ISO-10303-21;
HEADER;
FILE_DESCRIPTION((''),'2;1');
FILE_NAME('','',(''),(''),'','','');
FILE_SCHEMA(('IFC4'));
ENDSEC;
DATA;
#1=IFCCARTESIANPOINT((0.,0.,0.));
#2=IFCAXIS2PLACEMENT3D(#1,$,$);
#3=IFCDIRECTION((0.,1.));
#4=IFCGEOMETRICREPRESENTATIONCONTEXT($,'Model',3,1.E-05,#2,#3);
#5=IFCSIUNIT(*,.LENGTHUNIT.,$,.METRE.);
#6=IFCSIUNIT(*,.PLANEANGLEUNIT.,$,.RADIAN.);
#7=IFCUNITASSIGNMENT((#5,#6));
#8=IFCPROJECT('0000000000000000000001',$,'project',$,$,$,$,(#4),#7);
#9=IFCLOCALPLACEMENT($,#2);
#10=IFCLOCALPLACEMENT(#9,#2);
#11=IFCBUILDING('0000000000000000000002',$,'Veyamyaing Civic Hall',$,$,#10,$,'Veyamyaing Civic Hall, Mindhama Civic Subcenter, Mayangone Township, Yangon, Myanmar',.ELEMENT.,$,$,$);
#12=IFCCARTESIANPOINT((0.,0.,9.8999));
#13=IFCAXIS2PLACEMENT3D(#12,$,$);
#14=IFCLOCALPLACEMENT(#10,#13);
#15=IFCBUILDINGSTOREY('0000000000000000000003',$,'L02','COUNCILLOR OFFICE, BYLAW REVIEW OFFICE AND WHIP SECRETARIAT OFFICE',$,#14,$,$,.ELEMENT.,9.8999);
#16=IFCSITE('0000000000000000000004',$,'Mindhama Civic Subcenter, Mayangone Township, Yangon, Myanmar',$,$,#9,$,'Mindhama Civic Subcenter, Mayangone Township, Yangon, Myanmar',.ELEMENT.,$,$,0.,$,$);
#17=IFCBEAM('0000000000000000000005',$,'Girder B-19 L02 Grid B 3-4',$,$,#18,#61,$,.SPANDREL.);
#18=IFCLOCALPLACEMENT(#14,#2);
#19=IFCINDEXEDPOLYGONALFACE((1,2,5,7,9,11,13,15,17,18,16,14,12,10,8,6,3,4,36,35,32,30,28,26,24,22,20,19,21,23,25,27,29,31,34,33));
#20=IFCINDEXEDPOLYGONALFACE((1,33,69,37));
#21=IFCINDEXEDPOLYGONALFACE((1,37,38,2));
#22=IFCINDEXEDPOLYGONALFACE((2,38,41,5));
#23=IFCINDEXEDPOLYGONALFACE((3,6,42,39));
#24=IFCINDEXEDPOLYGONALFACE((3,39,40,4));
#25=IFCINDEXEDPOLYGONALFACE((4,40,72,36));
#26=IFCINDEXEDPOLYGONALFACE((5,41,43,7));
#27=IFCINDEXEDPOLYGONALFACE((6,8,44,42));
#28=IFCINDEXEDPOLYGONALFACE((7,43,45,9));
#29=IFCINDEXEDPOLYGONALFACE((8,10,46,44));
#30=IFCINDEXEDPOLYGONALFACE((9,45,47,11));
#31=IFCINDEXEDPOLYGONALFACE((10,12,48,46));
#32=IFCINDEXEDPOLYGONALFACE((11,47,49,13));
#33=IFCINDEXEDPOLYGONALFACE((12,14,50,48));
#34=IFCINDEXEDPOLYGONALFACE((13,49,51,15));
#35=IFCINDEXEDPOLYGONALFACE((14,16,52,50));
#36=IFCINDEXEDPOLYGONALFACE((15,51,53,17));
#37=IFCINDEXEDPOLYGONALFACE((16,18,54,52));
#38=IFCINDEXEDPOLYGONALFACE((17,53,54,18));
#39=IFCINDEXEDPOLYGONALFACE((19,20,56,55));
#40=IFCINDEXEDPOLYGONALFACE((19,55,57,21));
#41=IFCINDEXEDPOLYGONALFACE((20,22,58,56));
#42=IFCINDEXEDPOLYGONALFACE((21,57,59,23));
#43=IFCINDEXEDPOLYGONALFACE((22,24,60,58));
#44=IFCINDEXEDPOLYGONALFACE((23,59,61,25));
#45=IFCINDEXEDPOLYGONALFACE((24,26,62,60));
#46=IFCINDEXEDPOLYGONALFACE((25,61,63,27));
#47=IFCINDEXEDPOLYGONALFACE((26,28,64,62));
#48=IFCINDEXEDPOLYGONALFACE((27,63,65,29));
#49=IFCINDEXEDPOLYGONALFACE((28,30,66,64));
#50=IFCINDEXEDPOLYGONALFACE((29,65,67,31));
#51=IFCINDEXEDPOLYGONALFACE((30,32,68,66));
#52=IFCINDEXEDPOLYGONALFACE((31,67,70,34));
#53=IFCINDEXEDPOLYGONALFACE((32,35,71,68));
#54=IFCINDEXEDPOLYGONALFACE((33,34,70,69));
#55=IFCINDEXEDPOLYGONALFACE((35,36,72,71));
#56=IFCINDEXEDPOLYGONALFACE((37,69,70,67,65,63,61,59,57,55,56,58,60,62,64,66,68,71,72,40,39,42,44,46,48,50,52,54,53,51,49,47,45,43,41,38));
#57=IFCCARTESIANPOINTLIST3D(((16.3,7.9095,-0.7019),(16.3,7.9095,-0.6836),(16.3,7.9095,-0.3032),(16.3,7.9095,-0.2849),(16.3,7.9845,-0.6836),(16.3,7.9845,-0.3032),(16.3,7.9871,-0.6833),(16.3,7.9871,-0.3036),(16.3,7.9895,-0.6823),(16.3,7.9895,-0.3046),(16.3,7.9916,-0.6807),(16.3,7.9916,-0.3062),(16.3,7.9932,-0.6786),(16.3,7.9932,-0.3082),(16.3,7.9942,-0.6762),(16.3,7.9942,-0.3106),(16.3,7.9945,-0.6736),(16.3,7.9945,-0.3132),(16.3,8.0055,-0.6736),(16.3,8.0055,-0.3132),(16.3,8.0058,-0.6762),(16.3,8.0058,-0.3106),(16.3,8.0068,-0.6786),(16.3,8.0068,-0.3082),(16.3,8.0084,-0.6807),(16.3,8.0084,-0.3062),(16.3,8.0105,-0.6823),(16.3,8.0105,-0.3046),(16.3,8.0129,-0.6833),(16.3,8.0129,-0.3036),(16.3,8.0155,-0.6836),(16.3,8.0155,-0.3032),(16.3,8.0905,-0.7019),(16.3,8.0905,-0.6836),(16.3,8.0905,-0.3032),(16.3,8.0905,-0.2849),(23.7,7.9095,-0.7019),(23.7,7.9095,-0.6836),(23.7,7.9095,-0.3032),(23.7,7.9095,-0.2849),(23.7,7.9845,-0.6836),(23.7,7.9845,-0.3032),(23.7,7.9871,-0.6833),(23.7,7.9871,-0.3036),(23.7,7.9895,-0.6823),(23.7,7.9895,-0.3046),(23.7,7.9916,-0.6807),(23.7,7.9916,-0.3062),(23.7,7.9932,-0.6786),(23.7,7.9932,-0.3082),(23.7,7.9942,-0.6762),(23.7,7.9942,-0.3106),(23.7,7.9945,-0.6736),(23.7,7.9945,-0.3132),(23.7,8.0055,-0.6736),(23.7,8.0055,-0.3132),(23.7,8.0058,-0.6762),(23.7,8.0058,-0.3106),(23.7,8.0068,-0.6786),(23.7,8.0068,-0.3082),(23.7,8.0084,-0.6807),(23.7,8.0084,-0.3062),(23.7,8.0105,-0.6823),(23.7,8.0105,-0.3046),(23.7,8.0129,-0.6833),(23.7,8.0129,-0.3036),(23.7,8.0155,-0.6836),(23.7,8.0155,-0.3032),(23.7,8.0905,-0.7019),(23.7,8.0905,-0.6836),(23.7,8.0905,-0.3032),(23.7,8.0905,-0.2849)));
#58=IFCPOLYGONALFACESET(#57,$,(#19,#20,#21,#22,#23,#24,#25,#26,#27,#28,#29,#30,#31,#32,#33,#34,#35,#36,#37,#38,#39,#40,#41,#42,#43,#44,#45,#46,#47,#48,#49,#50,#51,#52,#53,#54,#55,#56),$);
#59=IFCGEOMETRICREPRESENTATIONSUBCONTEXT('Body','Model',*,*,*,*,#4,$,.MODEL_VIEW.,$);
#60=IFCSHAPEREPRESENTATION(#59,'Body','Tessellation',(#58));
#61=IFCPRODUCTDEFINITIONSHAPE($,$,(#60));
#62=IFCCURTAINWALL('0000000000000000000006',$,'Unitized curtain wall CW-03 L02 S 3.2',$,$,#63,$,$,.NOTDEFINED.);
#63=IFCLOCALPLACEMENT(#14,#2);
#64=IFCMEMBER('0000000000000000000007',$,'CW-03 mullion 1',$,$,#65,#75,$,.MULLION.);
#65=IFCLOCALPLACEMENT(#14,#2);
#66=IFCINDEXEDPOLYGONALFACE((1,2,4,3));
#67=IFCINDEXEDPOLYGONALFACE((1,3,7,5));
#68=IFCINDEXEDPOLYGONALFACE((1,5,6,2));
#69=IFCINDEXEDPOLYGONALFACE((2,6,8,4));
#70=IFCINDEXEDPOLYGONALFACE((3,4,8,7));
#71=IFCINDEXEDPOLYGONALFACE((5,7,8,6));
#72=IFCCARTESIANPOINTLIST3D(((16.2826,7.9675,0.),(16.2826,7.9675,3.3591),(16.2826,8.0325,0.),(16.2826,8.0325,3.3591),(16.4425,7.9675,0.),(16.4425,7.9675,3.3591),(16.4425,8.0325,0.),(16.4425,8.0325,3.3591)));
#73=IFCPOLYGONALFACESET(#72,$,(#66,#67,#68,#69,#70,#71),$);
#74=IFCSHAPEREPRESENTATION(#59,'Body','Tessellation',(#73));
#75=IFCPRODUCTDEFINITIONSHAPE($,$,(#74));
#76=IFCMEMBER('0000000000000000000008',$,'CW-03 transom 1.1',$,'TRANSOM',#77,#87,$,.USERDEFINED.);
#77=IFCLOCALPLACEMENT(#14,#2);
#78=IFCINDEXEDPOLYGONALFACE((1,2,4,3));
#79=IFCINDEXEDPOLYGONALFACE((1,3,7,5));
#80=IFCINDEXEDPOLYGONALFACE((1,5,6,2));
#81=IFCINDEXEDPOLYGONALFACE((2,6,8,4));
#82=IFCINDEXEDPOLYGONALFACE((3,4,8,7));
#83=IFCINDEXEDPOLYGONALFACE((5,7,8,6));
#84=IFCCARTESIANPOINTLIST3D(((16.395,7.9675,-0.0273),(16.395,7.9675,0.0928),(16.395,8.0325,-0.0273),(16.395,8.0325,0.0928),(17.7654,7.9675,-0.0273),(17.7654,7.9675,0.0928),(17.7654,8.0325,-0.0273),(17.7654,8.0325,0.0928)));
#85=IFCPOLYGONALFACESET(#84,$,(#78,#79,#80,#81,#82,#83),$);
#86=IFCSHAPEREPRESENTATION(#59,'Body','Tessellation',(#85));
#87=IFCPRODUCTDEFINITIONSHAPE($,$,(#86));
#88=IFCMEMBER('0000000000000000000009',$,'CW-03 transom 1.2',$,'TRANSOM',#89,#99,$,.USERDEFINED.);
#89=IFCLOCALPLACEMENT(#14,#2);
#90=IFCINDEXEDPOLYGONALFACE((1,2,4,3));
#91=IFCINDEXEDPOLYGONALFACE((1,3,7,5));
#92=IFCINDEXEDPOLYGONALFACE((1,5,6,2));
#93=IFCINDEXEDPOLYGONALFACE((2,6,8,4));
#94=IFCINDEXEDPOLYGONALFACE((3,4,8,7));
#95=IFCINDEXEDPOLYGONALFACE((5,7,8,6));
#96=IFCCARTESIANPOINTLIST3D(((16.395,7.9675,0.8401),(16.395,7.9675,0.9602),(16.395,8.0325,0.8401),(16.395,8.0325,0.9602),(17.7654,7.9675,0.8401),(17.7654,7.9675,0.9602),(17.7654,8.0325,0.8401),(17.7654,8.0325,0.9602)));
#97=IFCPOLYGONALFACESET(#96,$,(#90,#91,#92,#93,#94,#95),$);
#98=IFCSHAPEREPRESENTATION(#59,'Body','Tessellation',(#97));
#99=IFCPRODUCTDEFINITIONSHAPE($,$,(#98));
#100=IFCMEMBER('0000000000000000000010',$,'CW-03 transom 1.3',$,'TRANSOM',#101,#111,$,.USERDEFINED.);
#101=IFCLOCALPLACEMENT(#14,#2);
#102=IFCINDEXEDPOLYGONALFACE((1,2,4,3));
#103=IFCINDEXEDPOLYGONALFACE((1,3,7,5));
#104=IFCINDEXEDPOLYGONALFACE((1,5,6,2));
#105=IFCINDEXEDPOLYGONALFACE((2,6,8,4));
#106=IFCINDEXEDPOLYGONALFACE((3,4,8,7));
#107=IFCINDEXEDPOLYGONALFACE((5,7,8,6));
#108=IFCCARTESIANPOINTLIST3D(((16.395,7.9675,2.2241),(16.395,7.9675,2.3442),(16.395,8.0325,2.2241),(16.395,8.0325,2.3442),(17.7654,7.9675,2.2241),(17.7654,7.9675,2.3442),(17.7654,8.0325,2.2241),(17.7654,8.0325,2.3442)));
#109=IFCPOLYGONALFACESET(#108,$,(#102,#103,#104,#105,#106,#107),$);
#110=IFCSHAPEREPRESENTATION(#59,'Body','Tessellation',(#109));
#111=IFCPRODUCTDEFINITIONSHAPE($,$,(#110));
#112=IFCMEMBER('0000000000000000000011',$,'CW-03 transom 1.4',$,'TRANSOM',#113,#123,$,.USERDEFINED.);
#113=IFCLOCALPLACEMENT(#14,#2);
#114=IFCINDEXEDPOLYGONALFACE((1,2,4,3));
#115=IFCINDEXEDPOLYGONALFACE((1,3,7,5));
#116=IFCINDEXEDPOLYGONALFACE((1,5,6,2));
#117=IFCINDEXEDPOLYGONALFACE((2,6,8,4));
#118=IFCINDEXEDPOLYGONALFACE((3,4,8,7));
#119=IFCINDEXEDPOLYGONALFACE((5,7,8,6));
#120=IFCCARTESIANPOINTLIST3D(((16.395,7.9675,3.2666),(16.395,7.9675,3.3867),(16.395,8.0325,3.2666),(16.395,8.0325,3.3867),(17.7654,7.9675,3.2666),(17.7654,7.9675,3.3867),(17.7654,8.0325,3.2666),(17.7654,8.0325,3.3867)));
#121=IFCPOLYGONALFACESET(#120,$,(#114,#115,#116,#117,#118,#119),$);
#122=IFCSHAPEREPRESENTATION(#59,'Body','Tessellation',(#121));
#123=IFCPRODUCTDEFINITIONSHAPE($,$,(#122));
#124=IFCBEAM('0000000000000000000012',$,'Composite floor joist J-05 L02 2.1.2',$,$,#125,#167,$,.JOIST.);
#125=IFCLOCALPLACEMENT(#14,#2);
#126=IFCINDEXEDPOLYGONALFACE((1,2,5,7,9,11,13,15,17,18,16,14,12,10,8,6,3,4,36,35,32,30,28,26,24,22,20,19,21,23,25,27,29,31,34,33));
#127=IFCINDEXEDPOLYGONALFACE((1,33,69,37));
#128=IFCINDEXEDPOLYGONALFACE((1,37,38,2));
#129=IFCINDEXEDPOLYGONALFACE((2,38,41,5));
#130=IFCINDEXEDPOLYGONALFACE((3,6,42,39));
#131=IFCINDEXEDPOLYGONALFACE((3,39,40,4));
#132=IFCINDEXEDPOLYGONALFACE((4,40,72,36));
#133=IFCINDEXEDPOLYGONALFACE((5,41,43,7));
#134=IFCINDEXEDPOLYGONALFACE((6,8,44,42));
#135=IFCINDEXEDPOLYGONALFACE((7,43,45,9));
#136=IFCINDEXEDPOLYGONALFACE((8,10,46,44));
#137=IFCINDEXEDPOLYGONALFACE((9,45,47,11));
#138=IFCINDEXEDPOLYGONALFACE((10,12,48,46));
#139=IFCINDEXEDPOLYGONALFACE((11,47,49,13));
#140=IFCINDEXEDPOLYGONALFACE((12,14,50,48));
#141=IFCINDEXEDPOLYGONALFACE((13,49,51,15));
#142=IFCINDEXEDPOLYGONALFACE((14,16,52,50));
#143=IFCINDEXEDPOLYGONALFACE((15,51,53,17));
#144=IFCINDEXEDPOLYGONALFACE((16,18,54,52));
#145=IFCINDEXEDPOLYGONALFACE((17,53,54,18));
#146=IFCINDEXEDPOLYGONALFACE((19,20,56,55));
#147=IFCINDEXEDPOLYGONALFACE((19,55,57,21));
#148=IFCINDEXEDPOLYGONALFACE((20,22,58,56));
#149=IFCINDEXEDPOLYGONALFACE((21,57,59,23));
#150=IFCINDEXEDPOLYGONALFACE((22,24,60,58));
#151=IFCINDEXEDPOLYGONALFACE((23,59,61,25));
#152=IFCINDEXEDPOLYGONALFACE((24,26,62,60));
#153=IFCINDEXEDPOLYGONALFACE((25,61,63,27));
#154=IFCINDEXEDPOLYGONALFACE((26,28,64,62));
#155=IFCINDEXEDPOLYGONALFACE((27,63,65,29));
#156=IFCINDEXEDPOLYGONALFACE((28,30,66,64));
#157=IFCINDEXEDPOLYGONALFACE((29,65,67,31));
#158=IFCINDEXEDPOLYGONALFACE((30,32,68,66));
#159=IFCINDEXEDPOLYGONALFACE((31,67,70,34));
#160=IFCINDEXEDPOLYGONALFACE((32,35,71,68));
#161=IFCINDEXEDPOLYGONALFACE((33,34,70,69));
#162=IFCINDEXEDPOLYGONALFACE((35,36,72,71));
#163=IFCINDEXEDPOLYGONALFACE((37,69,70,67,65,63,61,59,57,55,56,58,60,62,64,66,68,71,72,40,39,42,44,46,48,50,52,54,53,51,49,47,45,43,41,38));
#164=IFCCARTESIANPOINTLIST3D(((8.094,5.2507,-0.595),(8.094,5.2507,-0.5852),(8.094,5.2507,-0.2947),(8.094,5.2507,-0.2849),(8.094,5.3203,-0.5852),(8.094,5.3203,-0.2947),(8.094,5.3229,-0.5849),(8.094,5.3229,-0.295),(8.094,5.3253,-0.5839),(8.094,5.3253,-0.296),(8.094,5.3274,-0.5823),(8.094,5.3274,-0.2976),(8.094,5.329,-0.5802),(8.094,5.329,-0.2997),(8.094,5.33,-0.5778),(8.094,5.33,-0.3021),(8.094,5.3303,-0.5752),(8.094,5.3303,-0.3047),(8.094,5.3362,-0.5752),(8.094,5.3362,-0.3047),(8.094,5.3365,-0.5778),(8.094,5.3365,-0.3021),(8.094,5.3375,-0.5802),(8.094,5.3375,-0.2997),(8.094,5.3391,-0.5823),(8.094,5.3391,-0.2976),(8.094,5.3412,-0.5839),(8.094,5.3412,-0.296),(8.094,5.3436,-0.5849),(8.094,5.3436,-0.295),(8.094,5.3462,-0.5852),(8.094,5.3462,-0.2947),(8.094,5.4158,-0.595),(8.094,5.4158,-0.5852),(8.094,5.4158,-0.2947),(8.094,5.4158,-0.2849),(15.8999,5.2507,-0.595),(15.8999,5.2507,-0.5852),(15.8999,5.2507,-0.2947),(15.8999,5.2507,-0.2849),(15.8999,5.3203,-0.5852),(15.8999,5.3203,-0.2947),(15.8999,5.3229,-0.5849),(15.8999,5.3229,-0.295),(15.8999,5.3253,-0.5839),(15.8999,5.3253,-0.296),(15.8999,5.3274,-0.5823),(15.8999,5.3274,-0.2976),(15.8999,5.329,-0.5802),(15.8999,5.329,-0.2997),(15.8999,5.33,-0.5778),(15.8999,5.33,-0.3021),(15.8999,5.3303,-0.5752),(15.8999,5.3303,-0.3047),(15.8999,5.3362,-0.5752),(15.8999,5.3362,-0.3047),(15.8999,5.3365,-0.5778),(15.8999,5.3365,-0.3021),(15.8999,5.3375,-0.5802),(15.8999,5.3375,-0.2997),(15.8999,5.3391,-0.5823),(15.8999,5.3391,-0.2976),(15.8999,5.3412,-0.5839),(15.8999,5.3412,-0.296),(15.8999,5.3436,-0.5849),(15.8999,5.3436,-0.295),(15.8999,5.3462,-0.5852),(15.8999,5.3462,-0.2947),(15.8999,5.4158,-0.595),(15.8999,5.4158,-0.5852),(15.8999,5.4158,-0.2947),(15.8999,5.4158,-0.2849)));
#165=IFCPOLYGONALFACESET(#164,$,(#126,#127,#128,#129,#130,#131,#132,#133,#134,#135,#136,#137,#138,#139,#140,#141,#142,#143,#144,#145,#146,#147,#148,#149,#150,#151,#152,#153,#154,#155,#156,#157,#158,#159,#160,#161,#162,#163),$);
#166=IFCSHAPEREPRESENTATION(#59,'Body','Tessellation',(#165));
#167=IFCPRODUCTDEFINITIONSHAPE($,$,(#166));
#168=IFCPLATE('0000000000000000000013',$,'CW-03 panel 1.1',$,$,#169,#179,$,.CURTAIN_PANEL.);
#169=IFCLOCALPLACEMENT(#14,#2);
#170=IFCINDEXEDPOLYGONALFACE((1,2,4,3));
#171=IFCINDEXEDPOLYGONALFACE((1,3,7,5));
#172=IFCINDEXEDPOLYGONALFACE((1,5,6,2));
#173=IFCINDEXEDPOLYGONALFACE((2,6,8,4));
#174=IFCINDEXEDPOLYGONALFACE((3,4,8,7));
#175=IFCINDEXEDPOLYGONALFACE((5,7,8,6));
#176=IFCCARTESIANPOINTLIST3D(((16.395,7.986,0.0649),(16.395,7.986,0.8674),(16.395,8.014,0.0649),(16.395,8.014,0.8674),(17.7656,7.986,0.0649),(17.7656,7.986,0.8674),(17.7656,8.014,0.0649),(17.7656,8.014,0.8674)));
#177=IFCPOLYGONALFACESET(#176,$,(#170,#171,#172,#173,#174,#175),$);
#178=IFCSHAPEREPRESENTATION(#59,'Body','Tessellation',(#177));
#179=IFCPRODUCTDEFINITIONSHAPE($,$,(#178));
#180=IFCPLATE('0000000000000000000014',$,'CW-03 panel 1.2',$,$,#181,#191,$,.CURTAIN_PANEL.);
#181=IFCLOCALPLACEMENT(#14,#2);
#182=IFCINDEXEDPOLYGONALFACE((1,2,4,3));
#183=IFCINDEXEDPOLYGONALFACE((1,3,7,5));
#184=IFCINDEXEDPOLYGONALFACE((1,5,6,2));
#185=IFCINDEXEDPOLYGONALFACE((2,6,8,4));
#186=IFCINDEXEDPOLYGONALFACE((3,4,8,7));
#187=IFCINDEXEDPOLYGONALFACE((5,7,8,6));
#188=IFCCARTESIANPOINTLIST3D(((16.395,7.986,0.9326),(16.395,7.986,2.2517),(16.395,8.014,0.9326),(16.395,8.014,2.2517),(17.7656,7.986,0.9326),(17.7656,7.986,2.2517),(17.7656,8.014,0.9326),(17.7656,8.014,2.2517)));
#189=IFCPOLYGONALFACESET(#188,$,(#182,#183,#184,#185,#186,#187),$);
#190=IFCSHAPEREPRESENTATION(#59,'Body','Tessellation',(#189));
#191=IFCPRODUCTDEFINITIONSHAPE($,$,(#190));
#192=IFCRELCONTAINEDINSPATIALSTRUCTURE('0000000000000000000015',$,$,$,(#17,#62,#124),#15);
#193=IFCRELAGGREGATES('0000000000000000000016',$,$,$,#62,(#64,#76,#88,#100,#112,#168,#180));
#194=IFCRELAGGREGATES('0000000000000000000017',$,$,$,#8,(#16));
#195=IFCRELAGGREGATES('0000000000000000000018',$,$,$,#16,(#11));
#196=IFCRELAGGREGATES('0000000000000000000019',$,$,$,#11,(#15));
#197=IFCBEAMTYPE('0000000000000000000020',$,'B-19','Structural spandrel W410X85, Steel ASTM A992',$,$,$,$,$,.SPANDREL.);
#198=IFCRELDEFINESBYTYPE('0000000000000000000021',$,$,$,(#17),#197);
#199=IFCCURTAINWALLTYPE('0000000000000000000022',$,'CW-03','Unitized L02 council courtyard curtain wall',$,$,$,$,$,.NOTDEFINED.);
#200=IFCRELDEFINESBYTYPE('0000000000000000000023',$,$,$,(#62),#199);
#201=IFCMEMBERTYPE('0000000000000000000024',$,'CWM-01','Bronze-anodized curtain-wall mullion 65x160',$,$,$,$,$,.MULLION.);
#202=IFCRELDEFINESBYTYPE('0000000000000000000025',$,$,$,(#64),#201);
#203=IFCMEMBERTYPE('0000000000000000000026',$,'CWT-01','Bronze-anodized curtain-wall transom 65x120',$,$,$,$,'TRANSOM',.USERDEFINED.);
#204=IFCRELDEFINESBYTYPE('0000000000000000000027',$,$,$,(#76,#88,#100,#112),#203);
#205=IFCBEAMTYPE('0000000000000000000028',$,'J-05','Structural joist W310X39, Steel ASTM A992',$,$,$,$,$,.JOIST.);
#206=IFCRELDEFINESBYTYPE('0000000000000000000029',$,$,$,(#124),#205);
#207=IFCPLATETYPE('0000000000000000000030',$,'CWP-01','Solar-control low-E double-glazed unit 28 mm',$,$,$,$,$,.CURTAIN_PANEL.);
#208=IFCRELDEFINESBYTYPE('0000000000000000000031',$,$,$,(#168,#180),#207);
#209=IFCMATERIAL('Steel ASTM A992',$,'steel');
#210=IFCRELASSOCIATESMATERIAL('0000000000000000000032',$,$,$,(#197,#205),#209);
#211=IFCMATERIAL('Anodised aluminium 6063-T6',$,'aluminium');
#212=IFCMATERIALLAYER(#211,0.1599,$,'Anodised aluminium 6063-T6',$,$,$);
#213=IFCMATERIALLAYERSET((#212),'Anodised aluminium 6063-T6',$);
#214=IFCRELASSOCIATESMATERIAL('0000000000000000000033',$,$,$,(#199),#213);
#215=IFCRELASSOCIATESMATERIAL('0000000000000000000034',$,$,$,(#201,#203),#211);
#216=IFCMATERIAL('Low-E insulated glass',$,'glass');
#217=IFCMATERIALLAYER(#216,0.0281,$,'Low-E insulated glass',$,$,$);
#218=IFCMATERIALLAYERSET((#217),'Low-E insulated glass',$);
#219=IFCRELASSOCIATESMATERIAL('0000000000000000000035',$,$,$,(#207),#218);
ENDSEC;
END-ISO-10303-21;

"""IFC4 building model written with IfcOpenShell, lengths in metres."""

from ifc_helpers import new_model, si_unit, direction, frame, origin, origin_2d, place, context, subcontext, project, spatial, rectangle, i_section, extrude, material, layer, layer_set, material_profile, profile_set, type_object, element, aggregate, save


model = new_model("IFC4")

# Units and contexts
model_context = context("Model", 3, precision=1e-05, world=origin(), true_north=direction((0.0, 1.0)))
body_context = subcontext(model_context, "Body", "Model", "MODEL_VIEW")
ifc_project = project(units=[si_unit("LENGTHUNIT", "METRE"), si_unit("PLANEANGLEUNIT", "RADIAN")], contexts=[model_context])

# Site, building, storey
site_placement = place(None, origin())
site = spatial("IfcSite", under=ifc_project, at=site_placement, Name="Mindhama Civic Subcenter, Mayangone Township, Yangon, Myanmar", LongName="Mindhama Civic Subcenter, Mayangone Township, Yangon, Myanmar", CompositionType="ELEMENT", RefElevation=0.0)
building_placement = place(site_placement, origin())
building = spatial("IfcBuilding", under=site, at=building_placement, Name="Veyamyaing Civic Hall", LongName="Veyamyaing Civic Hall, Mindhama Civic Subcenter, Mayangone Township, Yangon, Myanmar", CompositionType="ELEMENT")
storey_placement = place(building_placement, frame((0.0, 0.0, 9.8999)))
storey = spatial("IfcBuildingStorey", under=building, at=storey_placement, Name="L02", Description="COUNCILLOR OFFICE, BYLAW REVIEW OFFICE AND WHIP SECRETARIAT OFFICE", CompositionType="ELEMENT", Elevation=9.8999)

# Beam
ifc_material_1 = material(Name="Steel ASTM A992", Category="steel")
ifc_material_profile_1 = material_profile(ifc_material_1, i_section(OverallWidth=0.1809, OverallDepth=0.417, WebThickness=0.011, FlangeThickness=0.0183, FilletRadius=0.01, at=origin_2d()), Name="W410X85")
ifc_profile_set_1 = profile_set([ifc_material_profile_1], Name="Steel ASTM A992")
beam_type_1 = type_object("IfcBeamType", Name="B-19", Description="Structural spandrel W410X85, Steel ASTM A992", PredefinedType="SPANDREL", material=ifc_profile_set_1)
beam_1_placement = place(storey_placement, frame((16.3, 8.0, -0.4934), z_axis=(1.0, 0.0, 0.0), x_axis=(0.0, 1.0, 0.0)))
element("IfcBeam", 1, at=beam_1_placement, inside=storey, type_object=beam_type_1, Name="Girder B-19 L02 Grid B 3-4", PredefinedType="SPANDREL", context=body_context, shape_type="SweptSolid", body=[
    extrude(i_section(OverallWidth=0.1809, OverallDepth=0.417, WebThickness=0.011, FlangeThickness=0.0183, FilletRadius=0.01, at=origin_2d()), origin(), (0.0, 0.0, 1.0), 7.3999),
])

# Curtain wall, members
ifc_material_2 = material(Name="Anodised aluminium 6063-T6", Category="aluminium")
ifc_layer_1 = layer(ifc_material_2, 0.1599, Name="Anodised aluminium 6063-T6")
ifc_layer_set_1 = layer_set([ifc_layer_1], Name="Anodised aluminium 6063-T6")
curtain_wall_type = type_object("IfcCurtainWallType", Name="CW-03", Description="Unitized L02 council courtyard curtain wall", PredefinedType="NOTDEFINED", material=ifc_layer_set_1)
curtain_wall_placement = place(storey_placement, origin())
curtain_wall = element("IfcCurtainWall", 2, at=curtain_wall_placement, inside=storey, type_object=curtain_wall_type, Name="Unitized curtain wall CW-03 L02 S 3.2", PredefinedType="NOTDEFINED")
ifc_material_profile_2 = material_profile(ifc_material_2, rectangle(XDim=0.0649, YDim=0.1599, at=origin_2d()), Name="ALU-MUL-65X160")
ifc_profile_set_2 = profile_set([ifc_material_profile_2], Name="Anodised aluminium 6063-T6")
member_type_1 = type_object("IfcMemberType", Name="CWM-01", Description="Bronze-anodized curtain-wall mullion 65x160", PredefinedType="MULLION", material=ifc_profile_set_2)
member_1_placement = place(storey_placement, frame((16.3625, 8.0, 0.0), z_axis=(0.0, 0.0, 1.0), x_axis=(0.0, 1.0, 0.0)))
member_1 = element("IfcMember", 3, at=member_1_placement, type_object=member_type_1, Name="CW-03 mullion 1", PredefinedType="MULLION", context=body_context, shape_type="SweptSolid", body=[
    extrude(rectangle(XDim=0.0649, YDim=0.1599, at=origin_2d()), origin(), (0.0, 0.0, 1.0), 3.3591),
])
ifc_material_profile_3 = material_profile(ifc_material_2, rectangle(XDim=0.0649, YDim=0.1201, at=origin_2d()), Name="ALU-TRN-65X120")
ifc_profile_set_3 = profile_set([ifc_material_profile_3], Name="Anodised aluminium 6063-T6")
member_type_2 = type_object("IfcMemberType", Name="CWT-01", Description="Bronze-anodized curtain-wall transom 65x120", ElementType="TRANSOM", PredefinedType="USERDEFINED", material=ifc_profile_set_3)
member_2_placement = place(storey_placement, frame((16.395, 8.0, 0.0327), z_axis=(1.0, 0.0, 0.0), x_axis=(0.0, 1.0, 0.0)))
member_2 = element("IfcMember", 4, at=member_2_placement, type_object=member_type_2, Name="CW-03 transom 1.1", ObjectType="TRANSOM", PredefinedType="USERDEFINED", context=body_context, shape_type="SweptSolid", body=[
    extrude(rectangle(XDim=0.0649, YDim=0.1201, at=origin_2d()), origin(), (0.0, 0.0, 1.0), 1.3704),
])
member_3_placement = place(storey_placement, frame((16.395, 8.0, 0.9001), z_axis=(1.0, 0.0, 0.0), x_axis=(0.0, 1.0, 0.0)))
member_3 = element("IfcMember", 5, at=member_3_placement, type_object=member_type_2, Name="CW-03 transom 1.2", ObjectType="TRANSOM", PredefinedType="USERDEFINED", context=body_context, shape_type="SweptSolid", body=[
    extrude(rectangle(XDim=0.0649, YDim=0.1201, at=origin_2d()), origin(), (0.0, 0.0, 1.0), 1.3704),
])
member_4_placement = place(storey_placement, frame((16.395, 8.0, 2.2842), z_axis=(1.0, 0.0, 0.0), x_axis=(0.0, 1.0, 0.0)))
member_4 = element("IfcMember", 6, at=member_4_placement, type_object=member_type_2, Name="CW-03 transom 1.3", ObjectType="TRANSOM", PredefinedType="USERDEFINED", context=body_context, shape_type="SweptSolid", body=[
    extrude(rectangle(XDim=0.0649, YDim=0.1201, at=origin_2d()), origin(), (0.0, 0.0, 1.0), 1.3704),
])
member_5_placement = place(storey_placement, frame((16.395, 8.0, 3.3267), z_axis=(1.0, 0.0, 0.0), x_axis=(0.0, 1.0, 0.0)))
member_5 = element("IfcMember", 7, at=member_5_placement, type_object=member_type_2, Name="CW-03 transom 1.4", ObjectType="TRANSOM", PredefinedType="USERDEFINED", context=body_context, shape_type="SweptSolid", body=[
    extrude(rectangle(XDim=0.0649, YDim=0.1201, at=origin_2d()), origin(), (0.0, 0.0, 1.0), 1.3704),
])

# Beam
ifc_material_profile_4 = material_profile(ifc_material_1, i_section(OverallWidth=0.165, OverallDepth=0.3101, WebThickness=0.0059, FlangeThickness=0.0098, FilletRadius=0.01, at=origin_2d()), Name="W310X39")
ifc_profile_set_4 = profile_set([ifc_material_profile_4], Name="Steel ASTM A992")
beam_type_2 = type_object("IfcBeamType", Name="J-05", Description="Structural joist W310X39, Steel ASTM A992", PredefinedType="JOIST", material=ifc_profile_set_4)
beam_2_placement = place(storey_placement, frame((8.094, 5.3333, -0.4399), z_axis=(1.0, 0.0, 0.0), x_axis=(0.0, 1.0, 0.0)))
element("IfcBeam", 8, at=beam_2_placement, inside=storey, type_object=beam_type_2, Name="Composite floor joist J-05 L02 2.1.2", PredefinedType="JOIST", context=body_context, shape_type="SweptSolid", body=[
    extrude(i_section(OverallWidth=0.165, OverallDepth=0.3101, WebThickness=0.0059, FlangeThickness=0.0098, FilletRadius=0.01, at=origin_2d()), origin(), (0.0, 0.0, 1.0), 7.8059),
])

# Plates
ifc_material_3 = material(Name="Low-E insulated glass", Category="glass")
ifc_layer_2 = layer(ifc_material_3, 0.0281, Name="Low-E insulated glass")
ifc_layer_set_2 = layer_set([ifc_layer_2], Name="Low-E insulated glass")
plate_type = type_object("IfcPlateType", Name="CWP-01", Description="Solar-control low-E double-glazed unit 28 mm", PredefinedType="CURTAIN_PANEL", material=ifc_layer_set_2)
plate_1_placement = place(storey_placement, frame((17.0803, 8.0, 0.0649), z_axis=(0.0, 0.0, 1.0), x_axis=(1.0, 0.0, 0.0)))
plate_1 = element("IfcPlate", 9, at=plate_1_placement, type_object=plate_type, Name="CW-03 panel 1.1", PredefinedType="CURTAIN_PANEL", context=body_context, shape_type="SweptSolid", body=[
    extrude(rectangle(XDim=1.3706, YDim=0.0281, at=origin_2d()), origin(), (0.0, 0.0, 1.0), 0.8025),
])
plate_2_placement = place(storey_placement, frame((17.0803, 8.0, 0.9326), z_axis=(0.0, 0.0, 1.0), x_axis=(1.0, 0.0, 0.0)))
plate_2 = element("IfcPlate", 10, at=plate_2_placement, type_object=plate_type, Name="CW-03 panel 1.2", PredefinedType="CURTAIN_PANEL", context=body_context, shape_type="SweptSolid", body=[
    extrude(rectangle(XDim=1.3706, YDim=0.0281, at=origin_2d()), origin(), (0.0, 0.0, 1.0), 1.3191),
])
aggregate(curtain_wall, [member_1, member_2, member_3, member_4, member_5, plate_1, plate_2])

save(model, "model.ifc")
